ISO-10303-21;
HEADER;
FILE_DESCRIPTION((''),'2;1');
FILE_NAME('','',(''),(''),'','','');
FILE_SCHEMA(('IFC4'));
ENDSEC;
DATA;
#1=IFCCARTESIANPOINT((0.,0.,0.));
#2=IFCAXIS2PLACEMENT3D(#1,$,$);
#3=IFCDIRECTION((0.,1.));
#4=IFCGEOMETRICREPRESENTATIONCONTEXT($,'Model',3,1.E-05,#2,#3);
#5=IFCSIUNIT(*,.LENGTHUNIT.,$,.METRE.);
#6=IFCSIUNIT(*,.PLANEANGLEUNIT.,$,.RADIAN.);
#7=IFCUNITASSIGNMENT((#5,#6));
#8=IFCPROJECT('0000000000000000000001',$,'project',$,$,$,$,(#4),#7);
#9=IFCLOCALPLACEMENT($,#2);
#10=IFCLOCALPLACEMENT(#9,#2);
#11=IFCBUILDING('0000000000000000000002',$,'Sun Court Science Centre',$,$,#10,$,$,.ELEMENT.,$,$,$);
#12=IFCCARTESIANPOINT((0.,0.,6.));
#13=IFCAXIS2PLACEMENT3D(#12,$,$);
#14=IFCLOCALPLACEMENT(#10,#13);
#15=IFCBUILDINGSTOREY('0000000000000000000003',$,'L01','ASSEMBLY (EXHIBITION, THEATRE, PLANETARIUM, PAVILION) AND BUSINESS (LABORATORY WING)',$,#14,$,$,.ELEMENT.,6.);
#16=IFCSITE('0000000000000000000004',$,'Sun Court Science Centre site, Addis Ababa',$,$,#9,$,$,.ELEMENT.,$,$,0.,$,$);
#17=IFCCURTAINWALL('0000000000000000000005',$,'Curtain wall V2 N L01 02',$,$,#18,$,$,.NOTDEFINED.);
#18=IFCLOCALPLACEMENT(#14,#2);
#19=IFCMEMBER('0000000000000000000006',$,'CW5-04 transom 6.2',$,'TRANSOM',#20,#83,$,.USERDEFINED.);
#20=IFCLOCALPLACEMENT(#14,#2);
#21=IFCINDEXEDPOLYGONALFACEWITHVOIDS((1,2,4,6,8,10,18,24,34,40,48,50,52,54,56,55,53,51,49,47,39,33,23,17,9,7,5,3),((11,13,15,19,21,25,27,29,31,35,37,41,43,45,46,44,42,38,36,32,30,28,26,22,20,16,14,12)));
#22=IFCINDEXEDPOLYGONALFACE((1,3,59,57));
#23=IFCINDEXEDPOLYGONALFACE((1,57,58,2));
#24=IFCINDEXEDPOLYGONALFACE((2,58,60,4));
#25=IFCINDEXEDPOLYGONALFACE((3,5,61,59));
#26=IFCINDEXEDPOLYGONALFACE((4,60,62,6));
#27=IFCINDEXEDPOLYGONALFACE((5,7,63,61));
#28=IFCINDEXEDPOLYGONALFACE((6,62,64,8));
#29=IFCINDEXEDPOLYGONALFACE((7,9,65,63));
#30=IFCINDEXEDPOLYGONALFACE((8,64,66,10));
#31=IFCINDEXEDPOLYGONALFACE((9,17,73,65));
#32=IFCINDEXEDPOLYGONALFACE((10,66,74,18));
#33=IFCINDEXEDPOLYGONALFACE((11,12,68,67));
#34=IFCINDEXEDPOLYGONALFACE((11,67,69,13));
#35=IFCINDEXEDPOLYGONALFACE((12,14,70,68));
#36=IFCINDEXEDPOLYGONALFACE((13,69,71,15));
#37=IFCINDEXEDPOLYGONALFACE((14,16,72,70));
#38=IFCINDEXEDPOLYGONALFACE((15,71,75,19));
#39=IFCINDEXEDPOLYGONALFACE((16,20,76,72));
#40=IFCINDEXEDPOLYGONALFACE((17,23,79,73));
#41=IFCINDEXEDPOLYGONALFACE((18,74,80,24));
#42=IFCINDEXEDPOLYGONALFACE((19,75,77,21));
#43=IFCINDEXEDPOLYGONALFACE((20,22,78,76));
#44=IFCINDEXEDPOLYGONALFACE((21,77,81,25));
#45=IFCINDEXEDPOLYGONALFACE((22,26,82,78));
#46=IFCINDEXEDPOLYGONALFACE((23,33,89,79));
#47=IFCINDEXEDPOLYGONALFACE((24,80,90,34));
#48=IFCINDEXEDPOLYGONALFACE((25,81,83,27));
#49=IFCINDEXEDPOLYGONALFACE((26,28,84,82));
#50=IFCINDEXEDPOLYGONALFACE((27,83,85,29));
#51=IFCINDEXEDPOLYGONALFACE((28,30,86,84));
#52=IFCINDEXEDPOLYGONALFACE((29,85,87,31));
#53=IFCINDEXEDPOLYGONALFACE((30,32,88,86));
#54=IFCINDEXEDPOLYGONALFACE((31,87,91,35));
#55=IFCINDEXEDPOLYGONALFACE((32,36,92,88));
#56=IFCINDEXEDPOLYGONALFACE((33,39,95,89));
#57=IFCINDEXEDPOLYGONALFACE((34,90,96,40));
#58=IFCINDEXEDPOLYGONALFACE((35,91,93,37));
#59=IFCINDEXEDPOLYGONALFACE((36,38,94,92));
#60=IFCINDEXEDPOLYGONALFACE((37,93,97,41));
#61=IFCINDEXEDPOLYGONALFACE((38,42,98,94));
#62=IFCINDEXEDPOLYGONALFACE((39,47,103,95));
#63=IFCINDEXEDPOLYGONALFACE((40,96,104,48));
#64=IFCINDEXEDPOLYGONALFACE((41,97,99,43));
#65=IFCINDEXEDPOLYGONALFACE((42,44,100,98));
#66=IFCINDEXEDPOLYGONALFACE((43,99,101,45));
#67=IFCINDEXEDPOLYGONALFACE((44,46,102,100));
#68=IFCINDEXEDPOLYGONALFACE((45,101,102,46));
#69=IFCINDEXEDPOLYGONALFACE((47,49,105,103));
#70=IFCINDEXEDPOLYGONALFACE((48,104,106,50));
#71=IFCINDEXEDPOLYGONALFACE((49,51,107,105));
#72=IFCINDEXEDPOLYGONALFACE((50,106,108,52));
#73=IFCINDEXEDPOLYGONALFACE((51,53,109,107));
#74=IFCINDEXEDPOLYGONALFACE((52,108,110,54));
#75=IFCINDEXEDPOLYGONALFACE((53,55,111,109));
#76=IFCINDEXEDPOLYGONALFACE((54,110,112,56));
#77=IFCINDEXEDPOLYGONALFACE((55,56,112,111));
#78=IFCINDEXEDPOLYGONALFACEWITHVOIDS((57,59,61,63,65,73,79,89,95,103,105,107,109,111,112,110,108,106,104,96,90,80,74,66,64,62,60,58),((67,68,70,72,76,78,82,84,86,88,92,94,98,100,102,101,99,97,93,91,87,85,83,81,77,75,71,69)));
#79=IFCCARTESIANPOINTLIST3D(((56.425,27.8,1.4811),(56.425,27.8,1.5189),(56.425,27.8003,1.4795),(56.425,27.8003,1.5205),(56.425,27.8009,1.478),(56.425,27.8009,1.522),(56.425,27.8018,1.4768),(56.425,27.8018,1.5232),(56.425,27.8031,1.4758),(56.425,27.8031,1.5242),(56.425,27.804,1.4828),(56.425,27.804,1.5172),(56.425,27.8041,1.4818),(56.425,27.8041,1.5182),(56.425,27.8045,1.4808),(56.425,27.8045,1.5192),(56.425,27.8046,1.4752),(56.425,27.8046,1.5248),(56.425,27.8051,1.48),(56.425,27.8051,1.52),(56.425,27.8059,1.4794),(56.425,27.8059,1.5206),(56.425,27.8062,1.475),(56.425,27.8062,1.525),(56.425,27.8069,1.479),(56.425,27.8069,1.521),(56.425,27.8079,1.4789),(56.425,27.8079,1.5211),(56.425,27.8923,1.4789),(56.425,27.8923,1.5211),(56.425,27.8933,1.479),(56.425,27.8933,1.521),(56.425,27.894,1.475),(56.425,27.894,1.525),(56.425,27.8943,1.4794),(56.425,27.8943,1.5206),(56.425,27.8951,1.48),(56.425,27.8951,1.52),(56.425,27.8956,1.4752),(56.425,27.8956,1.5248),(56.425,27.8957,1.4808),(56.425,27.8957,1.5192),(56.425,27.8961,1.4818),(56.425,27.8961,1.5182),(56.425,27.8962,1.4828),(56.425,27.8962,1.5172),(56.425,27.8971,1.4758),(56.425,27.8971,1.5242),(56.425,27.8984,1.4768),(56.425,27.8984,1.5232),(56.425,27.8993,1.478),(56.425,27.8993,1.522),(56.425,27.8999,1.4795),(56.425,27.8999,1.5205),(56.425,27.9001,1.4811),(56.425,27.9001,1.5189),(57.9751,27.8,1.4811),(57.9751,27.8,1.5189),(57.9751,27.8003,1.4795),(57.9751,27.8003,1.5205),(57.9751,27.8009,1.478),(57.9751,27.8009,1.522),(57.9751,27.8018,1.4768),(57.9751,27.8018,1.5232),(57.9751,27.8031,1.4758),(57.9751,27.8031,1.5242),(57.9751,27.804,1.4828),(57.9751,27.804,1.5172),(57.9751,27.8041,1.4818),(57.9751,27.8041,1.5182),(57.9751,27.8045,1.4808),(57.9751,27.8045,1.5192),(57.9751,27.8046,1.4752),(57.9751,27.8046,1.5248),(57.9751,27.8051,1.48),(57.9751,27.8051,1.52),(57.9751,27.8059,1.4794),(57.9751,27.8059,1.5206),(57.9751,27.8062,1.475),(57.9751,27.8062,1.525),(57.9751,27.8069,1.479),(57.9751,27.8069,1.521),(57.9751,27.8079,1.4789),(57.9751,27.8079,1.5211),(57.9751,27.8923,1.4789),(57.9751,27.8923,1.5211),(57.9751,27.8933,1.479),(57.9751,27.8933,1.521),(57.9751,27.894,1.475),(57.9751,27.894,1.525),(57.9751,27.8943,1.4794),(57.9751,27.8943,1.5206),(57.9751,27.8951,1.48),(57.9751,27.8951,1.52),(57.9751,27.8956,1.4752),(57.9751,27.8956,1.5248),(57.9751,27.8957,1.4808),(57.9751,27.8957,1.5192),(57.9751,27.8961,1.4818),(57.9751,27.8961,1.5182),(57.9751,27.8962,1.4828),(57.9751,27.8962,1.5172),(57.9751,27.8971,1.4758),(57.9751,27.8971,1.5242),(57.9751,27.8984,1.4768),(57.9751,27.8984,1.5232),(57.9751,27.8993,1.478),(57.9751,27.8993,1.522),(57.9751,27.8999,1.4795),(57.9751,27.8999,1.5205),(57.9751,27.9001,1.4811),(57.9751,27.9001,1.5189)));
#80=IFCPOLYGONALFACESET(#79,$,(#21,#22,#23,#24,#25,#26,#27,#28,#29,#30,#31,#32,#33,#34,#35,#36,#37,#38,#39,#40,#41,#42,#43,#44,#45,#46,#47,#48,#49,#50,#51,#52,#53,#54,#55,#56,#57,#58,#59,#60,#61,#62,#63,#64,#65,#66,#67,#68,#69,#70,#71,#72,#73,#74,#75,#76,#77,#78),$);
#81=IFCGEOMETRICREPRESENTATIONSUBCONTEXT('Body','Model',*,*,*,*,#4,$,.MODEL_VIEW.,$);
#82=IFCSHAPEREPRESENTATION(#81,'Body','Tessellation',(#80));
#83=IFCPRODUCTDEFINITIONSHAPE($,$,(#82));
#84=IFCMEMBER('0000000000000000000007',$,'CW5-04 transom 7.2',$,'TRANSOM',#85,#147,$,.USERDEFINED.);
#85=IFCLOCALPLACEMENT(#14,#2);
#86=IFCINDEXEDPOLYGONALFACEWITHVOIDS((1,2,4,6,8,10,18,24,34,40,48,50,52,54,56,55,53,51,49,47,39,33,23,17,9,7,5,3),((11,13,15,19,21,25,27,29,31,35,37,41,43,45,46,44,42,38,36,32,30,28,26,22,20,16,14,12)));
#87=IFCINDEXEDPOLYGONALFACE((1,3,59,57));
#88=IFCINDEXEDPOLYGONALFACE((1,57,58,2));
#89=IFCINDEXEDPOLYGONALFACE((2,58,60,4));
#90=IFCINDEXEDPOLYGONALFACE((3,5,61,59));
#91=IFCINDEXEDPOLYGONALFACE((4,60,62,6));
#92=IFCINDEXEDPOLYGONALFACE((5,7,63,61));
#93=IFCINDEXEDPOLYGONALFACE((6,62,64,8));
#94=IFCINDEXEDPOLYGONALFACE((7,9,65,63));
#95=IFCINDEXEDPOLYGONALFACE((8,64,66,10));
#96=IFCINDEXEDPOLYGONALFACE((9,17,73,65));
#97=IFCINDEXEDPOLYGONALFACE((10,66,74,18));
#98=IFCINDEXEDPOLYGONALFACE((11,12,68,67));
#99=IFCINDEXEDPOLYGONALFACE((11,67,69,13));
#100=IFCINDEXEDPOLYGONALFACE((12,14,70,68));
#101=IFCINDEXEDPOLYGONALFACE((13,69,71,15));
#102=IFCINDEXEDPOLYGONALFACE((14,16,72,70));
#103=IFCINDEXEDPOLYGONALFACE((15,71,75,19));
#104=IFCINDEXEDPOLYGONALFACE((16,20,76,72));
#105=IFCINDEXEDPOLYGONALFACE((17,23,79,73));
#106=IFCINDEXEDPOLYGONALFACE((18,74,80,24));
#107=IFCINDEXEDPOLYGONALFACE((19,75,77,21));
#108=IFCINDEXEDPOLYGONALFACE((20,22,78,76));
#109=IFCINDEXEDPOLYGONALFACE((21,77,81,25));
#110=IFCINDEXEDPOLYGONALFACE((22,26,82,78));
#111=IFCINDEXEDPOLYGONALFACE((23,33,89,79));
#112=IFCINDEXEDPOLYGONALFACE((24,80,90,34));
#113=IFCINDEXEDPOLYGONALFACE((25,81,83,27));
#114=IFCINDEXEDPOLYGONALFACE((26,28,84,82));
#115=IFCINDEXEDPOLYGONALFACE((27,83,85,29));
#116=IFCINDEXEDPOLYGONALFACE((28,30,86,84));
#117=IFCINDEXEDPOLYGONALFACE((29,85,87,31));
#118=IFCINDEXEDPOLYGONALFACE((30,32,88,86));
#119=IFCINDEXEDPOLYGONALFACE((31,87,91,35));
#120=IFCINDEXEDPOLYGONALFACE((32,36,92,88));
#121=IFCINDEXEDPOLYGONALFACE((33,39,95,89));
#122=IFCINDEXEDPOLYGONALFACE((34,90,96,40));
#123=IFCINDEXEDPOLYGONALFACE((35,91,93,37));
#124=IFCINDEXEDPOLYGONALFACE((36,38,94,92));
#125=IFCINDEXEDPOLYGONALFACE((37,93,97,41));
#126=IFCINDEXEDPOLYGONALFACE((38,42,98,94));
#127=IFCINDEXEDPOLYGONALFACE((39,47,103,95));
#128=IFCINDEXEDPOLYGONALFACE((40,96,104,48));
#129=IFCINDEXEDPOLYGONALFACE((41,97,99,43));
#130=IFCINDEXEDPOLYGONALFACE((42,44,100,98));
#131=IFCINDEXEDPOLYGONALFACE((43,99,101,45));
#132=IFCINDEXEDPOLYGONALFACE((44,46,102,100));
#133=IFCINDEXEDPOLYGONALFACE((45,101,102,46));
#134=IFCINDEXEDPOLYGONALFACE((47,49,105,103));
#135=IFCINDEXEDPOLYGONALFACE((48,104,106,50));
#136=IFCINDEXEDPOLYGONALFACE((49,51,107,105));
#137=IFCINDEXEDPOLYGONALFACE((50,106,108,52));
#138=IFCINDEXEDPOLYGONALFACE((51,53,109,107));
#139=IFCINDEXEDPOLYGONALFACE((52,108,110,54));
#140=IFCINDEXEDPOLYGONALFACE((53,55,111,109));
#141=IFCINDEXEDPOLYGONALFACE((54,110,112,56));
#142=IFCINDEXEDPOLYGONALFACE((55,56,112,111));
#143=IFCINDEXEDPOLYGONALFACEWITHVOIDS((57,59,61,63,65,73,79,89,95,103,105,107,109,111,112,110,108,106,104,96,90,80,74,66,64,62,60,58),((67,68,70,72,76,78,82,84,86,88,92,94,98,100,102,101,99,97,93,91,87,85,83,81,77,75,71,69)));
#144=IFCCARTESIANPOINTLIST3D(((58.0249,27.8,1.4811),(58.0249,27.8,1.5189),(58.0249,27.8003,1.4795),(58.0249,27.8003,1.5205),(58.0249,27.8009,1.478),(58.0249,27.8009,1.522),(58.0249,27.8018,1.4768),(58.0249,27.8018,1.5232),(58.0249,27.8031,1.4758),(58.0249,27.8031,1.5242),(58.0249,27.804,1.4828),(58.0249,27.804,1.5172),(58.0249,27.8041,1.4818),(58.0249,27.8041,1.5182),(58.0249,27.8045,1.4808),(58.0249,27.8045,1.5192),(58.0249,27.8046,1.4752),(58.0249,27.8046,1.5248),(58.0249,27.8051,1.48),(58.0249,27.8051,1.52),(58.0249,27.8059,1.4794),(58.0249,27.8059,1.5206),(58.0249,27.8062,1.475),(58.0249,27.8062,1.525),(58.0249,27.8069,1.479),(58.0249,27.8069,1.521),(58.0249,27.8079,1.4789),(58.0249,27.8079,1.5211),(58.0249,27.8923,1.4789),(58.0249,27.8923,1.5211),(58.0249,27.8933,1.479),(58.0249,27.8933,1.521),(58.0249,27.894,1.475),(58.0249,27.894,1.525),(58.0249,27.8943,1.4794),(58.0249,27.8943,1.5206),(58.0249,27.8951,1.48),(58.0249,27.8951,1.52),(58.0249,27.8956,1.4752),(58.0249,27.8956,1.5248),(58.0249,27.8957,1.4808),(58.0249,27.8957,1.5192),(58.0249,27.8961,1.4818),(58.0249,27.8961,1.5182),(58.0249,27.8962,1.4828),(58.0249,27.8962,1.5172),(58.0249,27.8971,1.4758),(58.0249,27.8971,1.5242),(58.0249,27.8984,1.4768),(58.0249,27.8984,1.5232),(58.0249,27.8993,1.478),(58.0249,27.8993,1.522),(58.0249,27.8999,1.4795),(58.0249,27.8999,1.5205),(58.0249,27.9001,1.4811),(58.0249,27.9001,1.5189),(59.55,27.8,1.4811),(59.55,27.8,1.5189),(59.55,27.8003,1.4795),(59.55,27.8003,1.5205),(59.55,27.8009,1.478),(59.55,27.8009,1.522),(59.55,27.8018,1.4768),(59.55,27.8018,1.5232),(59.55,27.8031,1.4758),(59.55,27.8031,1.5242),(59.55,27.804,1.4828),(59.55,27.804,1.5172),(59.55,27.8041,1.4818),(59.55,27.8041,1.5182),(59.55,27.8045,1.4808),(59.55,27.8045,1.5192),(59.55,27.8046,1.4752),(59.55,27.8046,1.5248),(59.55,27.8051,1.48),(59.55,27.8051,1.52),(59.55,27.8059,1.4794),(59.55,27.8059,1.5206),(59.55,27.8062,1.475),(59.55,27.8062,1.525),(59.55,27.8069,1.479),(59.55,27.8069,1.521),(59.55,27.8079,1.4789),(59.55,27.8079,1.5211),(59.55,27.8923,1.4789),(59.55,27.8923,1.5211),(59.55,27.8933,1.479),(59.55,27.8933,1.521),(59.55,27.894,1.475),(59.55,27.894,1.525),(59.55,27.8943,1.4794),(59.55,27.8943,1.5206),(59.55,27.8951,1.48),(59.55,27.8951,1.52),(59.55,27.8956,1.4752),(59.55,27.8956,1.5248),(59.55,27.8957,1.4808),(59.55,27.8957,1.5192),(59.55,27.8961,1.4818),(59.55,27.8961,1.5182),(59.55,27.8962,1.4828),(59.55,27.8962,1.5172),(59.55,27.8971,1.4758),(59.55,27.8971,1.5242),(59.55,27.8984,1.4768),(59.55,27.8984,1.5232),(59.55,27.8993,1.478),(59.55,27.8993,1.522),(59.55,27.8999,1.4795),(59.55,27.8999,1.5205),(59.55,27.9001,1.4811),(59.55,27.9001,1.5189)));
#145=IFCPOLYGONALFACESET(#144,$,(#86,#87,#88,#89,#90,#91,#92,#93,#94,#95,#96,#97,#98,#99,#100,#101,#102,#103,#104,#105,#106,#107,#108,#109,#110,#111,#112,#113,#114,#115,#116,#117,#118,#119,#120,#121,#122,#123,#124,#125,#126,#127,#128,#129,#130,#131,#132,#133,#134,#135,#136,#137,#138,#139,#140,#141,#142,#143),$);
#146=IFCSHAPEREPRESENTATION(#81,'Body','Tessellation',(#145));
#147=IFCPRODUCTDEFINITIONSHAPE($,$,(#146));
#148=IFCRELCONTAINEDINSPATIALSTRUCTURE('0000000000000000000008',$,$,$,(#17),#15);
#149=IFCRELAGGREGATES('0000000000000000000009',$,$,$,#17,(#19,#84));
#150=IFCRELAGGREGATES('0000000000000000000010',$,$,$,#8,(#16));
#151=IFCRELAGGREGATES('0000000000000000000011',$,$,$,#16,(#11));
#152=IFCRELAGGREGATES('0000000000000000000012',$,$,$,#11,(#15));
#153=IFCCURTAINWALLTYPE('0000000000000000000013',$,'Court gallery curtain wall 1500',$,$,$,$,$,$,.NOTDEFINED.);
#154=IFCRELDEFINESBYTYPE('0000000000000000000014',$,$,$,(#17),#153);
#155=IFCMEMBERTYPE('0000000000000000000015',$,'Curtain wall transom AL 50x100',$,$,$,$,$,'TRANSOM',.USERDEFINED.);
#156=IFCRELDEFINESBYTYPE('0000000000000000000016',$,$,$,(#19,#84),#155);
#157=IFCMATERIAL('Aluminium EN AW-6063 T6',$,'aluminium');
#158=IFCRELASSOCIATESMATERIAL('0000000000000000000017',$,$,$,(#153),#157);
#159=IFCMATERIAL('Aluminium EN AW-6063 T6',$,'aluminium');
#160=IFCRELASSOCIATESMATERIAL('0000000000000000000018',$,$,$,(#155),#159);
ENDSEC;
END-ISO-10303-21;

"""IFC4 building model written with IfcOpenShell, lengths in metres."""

from ifc_helpers import new_model, si_unit, direction, frame, origin, origin_2d, place, context, subcontext, project, spatial, hollow_rectangle, extrude, material, material_profile, profile_set, type_object, element, aggregate, save


model = new_model("IFC4")

# Units and contexts
model_context = context("Model", 3, precision=1e-05, world=origin(), true_north=direction((0.0, 1.0)))
body_context = subcontext(model_context, "Body", "Model", "MODEL_VIEW")
ifc_project = project(units=[si_unit("LENGTHUNIT", "METRE"), si_unit("PLANEANGLEUNIT", "RADIAN")], contexts=[model_context])

# Site, building, storey
site_placement = place(None, origin())
site = spatial("IfcSite", under=ifc_project, at=site_placement, Name="Sun Court Science Centre site, Addis Ababa", CompositionType="ELEMENT", RefElevation=0.0)
building_placement = place(site_placement, origin())
building = spatial("IfcBuilding", under=site, at=building_placement, Name="Sun Court Science Centre", CompositionType="ELEMENT")
storey_placement = place(building_placement, frame((0.0, 0.0, 6.0)))
storey = spatial("IfcBuildingStorey", under=building, at=storey_placement, Name="L01", Description="ASSEMBLY (EXHIBITION, THEATRE, PLANETARIUM, PAVILION) AND BUSINESS (LABORATORY WING)", CompositionType="ELEMENT", Elevation=6.0)

# Curtain wall, members
ifc_material_1 = material(Name="Aluminium EN AW-6063 T6", Category="aluminium")
curtain_wall_type = type_object("IfcCurtainWallType", Name="Court gallery curtain wall 1500", PredefinedType="NOTDEFINED", material=ifc_material_1)
curtain_wall_placement = place(storey_placement, origin())
curtain_wall = element("IfcCurtainWall", 1, at=curtain_wall_placement, inside=storey, type_object=curtain_wall_type, Name="Curtain wall V2 N L01 02", PredefinedType="NOTDEFINED")
ifc_material_2 = material(Name="Aluminium EN AW-6063 T6", Category="aluminium")
ifc_material_profile_1 = material_profile(ifc_material_2, hollow_rectangle(XDim=0.05, YDim=0.1001, WallThickness=0.0039, InnerFilletRadius=0.0039, OuterFilletRadius=0.0061, at=origin_2d()), Name="AL 50x100x4")
ifc_profile_set_1 = profile_set([ifc_material_profile_1], Name="Aluminium EN AW-6063 T6")
member_type_1 = type_object("IfcMemberType", Name="Curtain wall transom AL 50x100", ElementType="TRANSOM", PredefinedType="USERDEFINED", material=ifc_profile_set_1)
member_1_placement = place(storey_placement, frame((56.425, 27.8501, 1.5), z_axis=(1.0, 0.0, 0.0), x_axis=(0.0, 0.0, 1.0)))
member_1 = element("IfcMember", 2, at=member_1_placement, type_object=member_type_1, Name="CW5-04 transom 6.2", ObjectType="TRANSOM", PredefinedType="USERDEFINED", context=body_context, shape_type="SweptSolid", body=[
    extrude(hollow_rectangle(XDim=0.05, YDim=0.1001, WallThickness=0.0039, InnerFilletRadius=0.0039, OuterFilletRadius=0.0061, at=origin_2d()), origin(), (0.0, 0.0, 1.0), 1.55),
])
member_2_placement = place(storey_placement, frame((58.0249, 27.8501, 1.5), z_axis=(1.0, 0.0, 0.0), x_axis=(0.0, 0.0, 1.0)))
member_2 = element("IfcMember", 3, at=member_2_placement, type_object=member_type_1, Name="CW5-04 transom 7.2", ObjectType="TRANSOM", PredefinedType="USERDEFINED", context=body_context, shape_type="SweptSolid", body=[
    extrude(hollow_rectangle(XDim=0.05, YDim=0.1001, WallThickness=0.0039, InnerFilletRadius=0.0039, OuterFilletRadius=0.0061, at=origin_2d()), origin(), (0.0, 0.0, 1.0), 1.5251),
])

aggregate(curtain_wall, [member_1, member_2])

save(model, "model.ifc")
